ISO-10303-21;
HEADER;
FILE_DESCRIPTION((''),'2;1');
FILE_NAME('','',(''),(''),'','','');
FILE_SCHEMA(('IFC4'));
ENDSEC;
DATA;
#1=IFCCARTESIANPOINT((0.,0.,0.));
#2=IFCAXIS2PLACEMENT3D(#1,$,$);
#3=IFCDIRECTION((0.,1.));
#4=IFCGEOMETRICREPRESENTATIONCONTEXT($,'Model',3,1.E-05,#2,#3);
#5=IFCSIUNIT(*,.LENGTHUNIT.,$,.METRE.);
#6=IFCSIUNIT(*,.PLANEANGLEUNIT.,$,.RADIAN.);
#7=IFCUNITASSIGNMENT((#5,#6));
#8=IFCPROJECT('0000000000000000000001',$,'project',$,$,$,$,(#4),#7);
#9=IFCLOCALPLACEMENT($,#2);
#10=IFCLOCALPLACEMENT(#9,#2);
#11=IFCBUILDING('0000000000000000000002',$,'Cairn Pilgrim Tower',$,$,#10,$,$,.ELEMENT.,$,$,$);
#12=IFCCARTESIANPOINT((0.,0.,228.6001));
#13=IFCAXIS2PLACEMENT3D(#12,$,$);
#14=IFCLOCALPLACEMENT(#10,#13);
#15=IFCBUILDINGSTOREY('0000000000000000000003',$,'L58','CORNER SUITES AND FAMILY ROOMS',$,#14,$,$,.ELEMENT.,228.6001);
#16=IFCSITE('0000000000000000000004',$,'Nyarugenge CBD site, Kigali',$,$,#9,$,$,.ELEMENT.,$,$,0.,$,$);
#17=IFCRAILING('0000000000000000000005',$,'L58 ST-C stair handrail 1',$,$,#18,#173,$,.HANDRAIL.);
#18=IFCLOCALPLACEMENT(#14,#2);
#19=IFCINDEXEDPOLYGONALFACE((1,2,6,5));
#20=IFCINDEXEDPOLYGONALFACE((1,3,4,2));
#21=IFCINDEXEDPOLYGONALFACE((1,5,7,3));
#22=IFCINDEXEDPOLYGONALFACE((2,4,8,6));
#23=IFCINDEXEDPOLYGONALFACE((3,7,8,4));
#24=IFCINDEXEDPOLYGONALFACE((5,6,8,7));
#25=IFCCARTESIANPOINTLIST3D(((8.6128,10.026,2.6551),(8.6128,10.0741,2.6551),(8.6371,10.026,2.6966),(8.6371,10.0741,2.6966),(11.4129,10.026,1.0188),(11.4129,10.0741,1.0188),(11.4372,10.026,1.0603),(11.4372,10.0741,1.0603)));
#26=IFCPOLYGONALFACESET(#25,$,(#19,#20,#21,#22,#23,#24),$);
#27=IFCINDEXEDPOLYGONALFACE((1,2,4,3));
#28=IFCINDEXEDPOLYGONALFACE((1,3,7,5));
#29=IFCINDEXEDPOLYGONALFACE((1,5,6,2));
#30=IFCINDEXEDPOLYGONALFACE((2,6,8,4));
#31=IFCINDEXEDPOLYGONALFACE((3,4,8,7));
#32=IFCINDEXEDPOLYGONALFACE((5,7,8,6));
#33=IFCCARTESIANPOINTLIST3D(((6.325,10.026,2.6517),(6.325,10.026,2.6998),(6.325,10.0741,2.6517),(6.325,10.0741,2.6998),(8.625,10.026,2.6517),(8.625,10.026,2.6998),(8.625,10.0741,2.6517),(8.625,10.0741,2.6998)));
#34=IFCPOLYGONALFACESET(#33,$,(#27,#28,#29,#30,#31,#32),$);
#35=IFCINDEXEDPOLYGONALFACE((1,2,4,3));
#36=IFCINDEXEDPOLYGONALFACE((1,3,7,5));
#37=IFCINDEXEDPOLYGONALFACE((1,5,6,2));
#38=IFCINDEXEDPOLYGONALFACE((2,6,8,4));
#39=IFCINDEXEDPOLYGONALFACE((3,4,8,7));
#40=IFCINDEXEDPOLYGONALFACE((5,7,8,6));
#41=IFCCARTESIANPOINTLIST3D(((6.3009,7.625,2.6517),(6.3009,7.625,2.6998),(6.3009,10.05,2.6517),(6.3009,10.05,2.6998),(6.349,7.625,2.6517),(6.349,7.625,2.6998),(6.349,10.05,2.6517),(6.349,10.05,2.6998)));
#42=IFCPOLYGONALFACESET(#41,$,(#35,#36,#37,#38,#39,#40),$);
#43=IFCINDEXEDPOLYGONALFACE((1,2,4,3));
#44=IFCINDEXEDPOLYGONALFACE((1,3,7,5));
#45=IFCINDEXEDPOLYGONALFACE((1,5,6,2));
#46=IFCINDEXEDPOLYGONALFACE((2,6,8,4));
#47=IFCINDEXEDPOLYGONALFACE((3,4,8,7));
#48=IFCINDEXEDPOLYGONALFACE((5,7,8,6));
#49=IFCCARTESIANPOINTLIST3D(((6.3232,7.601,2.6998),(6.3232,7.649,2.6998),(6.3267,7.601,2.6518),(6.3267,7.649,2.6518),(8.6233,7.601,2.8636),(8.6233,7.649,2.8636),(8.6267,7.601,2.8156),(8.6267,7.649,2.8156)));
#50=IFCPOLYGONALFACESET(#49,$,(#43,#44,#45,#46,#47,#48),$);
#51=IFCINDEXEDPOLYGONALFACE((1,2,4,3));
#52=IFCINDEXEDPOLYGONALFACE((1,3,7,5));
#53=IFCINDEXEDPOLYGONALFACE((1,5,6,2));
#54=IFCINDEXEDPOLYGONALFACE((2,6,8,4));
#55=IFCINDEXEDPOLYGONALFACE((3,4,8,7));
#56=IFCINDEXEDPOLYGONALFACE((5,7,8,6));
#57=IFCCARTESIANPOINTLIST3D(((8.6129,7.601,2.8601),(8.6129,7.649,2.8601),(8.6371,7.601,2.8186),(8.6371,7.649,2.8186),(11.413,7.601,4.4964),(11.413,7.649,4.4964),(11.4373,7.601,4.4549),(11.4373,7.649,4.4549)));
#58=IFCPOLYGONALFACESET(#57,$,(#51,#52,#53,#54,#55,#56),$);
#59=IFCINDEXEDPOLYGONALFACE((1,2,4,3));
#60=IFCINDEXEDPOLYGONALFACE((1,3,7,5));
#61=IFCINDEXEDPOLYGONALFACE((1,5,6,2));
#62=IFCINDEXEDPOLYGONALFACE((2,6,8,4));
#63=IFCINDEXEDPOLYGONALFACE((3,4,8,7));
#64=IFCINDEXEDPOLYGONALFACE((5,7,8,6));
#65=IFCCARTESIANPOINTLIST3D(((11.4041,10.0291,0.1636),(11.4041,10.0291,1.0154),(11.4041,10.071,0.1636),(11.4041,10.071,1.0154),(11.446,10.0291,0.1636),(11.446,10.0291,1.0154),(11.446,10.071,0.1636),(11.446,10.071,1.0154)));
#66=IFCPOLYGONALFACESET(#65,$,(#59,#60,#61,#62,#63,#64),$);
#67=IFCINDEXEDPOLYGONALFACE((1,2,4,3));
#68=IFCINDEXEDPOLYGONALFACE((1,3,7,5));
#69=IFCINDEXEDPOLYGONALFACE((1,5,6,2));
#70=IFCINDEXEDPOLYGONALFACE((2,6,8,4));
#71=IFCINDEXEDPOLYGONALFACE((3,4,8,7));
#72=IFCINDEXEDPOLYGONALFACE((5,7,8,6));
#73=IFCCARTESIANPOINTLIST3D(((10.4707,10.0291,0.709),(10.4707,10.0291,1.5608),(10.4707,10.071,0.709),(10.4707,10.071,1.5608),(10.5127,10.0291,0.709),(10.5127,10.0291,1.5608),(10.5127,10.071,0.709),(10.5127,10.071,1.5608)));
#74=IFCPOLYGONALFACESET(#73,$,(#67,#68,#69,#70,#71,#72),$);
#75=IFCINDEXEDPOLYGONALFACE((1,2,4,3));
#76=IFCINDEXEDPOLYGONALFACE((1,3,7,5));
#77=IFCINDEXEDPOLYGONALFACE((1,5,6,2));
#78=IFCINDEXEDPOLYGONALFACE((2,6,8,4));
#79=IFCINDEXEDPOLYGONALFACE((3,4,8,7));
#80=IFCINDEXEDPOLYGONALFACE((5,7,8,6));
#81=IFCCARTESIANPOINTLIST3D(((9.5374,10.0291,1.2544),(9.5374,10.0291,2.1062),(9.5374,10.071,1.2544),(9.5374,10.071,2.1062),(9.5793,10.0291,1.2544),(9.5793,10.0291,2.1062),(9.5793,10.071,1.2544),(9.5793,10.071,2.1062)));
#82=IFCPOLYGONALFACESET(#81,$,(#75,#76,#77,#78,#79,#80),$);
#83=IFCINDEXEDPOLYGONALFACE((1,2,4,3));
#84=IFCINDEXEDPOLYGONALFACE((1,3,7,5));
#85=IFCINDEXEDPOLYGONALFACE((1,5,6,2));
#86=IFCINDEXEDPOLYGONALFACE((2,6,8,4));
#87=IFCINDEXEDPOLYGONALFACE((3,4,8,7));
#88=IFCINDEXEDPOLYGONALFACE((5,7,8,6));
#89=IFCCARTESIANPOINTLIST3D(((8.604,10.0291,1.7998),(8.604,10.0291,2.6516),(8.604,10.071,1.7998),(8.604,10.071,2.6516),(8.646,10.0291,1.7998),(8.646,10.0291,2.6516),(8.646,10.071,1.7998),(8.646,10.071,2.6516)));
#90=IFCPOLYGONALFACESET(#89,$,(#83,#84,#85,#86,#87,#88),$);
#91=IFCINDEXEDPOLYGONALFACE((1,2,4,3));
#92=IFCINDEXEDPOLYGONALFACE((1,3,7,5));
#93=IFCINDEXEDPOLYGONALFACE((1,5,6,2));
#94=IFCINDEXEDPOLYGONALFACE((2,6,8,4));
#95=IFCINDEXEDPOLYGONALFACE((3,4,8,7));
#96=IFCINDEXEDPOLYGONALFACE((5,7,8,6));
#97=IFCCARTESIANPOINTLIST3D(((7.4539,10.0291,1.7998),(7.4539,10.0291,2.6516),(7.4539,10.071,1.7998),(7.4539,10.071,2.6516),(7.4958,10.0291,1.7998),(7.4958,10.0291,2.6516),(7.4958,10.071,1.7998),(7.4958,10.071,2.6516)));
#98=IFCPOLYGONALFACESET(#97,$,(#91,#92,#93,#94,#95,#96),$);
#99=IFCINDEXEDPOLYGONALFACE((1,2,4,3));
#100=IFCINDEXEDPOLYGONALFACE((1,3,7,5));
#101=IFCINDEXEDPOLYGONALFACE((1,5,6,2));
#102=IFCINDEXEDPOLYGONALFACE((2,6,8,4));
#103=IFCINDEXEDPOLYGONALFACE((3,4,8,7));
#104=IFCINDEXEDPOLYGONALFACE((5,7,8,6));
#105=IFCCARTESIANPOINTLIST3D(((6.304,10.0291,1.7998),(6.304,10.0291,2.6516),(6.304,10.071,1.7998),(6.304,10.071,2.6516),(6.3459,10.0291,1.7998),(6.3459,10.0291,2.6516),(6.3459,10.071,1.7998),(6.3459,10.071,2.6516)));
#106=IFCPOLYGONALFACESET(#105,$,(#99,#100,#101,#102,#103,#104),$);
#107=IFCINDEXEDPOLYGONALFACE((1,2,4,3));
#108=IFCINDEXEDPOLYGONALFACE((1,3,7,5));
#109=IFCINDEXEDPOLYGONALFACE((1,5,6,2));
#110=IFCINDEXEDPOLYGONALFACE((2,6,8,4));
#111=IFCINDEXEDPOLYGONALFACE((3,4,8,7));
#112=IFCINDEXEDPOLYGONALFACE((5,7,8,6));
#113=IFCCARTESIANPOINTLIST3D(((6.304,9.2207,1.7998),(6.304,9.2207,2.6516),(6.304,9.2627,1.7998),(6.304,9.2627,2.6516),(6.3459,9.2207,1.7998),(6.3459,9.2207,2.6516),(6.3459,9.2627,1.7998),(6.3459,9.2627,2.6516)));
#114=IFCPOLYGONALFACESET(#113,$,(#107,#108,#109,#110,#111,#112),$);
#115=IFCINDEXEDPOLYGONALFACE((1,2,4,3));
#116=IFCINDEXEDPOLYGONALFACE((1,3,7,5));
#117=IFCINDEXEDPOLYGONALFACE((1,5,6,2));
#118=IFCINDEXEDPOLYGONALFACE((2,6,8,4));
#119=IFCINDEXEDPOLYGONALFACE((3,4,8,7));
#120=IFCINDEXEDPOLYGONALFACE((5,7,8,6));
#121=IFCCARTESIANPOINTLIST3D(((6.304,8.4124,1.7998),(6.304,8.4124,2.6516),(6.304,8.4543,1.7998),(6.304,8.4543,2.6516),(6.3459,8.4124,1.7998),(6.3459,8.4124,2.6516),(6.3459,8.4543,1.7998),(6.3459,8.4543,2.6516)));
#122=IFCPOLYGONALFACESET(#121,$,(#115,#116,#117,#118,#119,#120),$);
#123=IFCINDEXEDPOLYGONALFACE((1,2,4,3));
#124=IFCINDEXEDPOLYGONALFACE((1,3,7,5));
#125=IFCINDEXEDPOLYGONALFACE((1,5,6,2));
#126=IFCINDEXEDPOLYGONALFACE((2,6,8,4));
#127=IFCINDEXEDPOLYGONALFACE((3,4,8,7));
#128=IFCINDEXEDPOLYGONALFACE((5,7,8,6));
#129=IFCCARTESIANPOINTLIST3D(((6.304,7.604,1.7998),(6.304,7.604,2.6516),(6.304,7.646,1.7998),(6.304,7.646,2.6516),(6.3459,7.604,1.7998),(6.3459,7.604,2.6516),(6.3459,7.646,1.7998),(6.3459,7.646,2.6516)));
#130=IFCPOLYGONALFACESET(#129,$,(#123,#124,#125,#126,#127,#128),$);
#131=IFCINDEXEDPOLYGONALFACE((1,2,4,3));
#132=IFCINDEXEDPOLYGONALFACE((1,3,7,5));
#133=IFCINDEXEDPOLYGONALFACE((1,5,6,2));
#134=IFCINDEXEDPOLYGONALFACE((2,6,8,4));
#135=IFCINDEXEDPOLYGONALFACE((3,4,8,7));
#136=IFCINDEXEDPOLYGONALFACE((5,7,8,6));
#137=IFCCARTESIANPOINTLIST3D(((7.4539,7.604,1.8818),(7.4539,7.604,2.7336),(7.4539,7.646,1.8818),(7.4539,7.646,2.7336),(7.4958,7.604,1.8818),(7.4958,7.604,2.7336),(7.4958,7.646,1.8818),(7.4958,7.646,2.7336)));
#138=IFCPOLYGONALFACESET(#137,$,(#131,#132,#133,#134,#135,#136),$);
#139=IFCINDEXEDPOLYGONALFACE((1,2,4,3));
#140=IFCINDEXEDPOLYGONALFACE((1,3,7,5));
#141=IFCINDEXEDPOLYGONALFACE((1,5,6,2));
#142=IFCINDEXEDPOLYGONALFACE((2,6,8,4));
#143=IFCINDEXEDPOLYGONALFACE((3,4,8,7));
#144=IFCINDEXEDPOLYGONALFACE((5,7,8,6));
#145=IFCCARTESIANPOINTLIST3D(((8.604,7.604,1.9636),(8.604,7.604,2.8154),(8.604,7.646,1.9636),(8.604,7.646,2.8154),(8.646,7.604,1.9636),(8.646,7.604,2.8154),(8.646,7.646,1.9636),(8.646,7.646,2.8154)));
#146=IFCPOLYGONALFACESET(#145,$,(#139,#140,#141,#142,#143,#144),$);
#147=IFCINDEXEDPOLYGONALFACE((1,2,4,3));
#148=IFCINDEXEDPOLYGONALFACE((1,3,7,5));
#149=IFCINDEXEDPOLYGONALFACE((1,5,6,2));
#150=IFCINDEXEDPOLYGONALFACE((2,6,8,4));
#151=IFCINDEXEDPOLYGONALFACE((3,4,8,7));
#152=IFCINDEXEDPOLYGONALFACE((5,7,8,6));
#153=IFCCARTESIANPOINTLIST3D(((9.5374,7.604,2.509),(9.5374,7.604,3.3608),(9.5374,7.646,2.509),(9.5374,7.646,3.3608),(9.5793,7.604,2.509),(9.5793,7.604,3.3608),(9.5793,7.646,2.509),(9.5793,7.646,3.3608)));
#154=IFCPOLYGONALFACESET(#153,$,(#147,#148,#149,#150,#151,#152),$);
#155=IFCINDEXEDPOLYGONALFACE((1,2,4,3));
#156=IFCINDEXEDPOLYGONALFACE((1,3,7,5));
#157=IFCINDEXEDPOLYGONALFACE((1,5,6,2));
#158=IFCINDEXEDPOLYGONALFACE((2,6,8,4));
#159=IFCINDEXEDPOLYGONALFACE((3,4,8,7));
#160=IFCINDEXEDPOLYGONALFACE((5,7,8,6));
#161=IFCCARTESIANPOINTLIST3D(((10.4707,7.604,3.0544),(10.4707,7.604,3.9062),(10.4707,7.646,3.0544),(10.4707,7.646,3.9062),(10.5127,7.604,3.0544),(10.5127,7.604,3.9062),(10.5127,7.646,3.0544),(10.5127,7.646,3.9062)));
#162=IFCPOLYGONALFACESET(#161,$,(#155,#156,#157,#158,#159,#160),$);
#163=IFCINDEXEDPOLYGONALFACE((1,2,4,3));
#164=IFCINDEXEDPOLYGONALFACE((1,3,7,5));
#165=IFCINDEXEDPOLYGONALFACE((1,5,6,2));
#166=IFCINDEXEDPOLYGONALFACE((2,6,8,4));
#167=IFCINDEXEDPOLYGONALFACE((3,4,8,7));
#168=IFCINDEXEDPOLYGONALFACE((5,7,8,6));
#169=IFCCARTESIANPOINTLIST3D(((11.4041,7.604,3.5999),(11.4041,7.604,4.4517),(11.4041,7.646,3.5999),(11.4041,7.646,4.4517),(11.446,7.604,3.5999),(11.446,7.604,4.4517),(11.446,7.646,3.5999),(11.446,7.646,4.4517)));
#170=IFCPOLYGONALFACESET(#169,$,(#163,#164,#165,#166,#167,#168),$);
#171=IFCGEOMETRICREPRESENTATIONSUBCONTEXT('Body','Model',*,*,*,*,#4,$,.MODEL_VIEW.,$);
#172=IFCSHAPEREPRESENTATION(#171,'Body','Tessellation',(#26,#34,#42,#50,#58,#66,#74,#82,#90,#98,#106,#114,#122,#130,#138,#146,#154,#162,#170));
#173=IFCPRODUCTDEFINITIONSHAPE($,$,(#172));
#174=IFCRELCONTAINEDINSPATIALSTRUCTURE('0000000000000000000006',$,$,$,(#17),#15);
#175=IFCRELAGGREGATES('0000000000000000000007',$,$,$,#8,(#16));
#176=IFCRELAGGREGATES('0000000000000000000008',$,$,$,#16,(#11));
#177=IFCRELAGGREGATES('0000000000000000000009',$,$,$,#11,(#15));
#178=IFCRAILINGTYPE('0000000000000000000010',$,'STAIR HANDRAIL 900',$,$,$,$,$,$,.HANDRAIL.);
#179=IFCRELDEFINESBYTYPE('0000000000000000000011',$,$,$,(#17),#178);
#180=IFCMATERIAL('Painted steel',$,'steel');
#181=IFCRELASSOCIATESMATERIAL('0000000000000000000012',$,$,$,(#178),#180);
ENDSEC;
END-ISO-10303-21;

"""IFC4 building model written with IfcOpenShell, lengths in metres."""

from ifc_helpers import new_model, si_unit, direction, frame, origin, origin_2d, place, context, subcontext, project, spatial, rectangle, extrude, material, type_object, element, save


model = new_model("IFC4")

# Units and contexts
model_context = context("Model", 3, precision=1e-05, world=origin(), true_north=direction((0.0, 1.0)))
body_context = subcontext(model_context, "Body", "Model", "MODEL_VIEW")
ifc_project = project(units=[si_unit("LENGTHUNIT", "METRE"), si_unit("PLANEANGLEUNIT", "RADIAN")], contexts=[model_context])

# Site, building, storey
site_placement = place(None, origin())
site = spatial("IfcSite", under=ifc_project, at=site_placement, Name="Nyarugenge CBD site, Kigali", CompositionType="ELEMENT", RefElevation=0.0)
building_placement = place(site_placement, origin())
building = spatial("IfcBuilding", under=site, at=building_placement, Name="Cairn Pilgrim Tower", CompositionType="ELEMENT")
storey_placement = place(building_placement, frame((0.0, 0.0, 228.6001)))
storey = spatial("IfcBuildingStorey", under=building, at=storey_placement, Name="L58", Description="CORNER SUITES AND FAMILY ROOMS", CompositionType="ELEMENT", Elevation=228.6001)

# Railing
ifc_material_1 = material(Name="Painted steel", Category="steel")
railing_type_1 = type_object("IfcRailingType", Name="STAIR HANDRAIL 900", PredefinedType="HANDRAIL", material=ifc_material_1)
railing_1_placement = place(storey_placement, frame((11.425, 10.05, 0.1636)))
element("IfcRailing", 1, at=railing_1_placement, inside=storey, type_object=railing_type_1, Name="L58 ST-C stair handrail 1", PredefinedType="HANDRAIL", context=body_context, shape_type="SweptSolid", body=[
    extrude(rectangle(XDim=0.0481, YDim=0.0481, at=origin_2d()), frame((0.0, 0.0, 0.876), z_axis=(-0.863394, 0.0, 0.504531), x_axis=(0.0, -1.0, 0.0)), (0.0, 0.0, 1.0), 3.2432),
    extrude(rectangle(XDim=0.0481, YDim=0.0481, at=origin_2d()), frame((-2.8, 0.0, 2.5122), z_axis=(-1.0, 0.0, 0.0), x_axis=(0.0, -1.0, 0.0)), (0.0, 0.0, 1.0), 2.3),
    extrude(rectangle(XDim=0.0481, YDim=0.0481, at=origin_2d()), frame((-5.1001, 0.0, 2.5122), z_axis=(0.0, -1.0, 0.0), x_axis=(1.0, 0.0, 0.0)), (0.0, 0.0, 1.0), 2.425),
    extrude(rectangle(XDim=0.0481, YDim=0.0481, at=origin_2d()), frame((-5.1001, -2.425, 2.5122), z_axis=(0.997473, 0.0, 0.071044), x_axis=(0.0, 1.0, 0.0)), (0.0, 0.0, 1.0), 2.3059),
    extrude(rectangle(XDim=0.0481, YDim=0.0481, at=origin_2d()), frame((-2.8, -2.425, 2.6758), z_axis=(0.863394, 0.0, 0.504531), x_axis=(0.0, 1.0, 0.0)), (0.0, 0.0, 1.0), 3.2432),
    extrude(rectangle(XDim=0.042, YDim=0.042, at=origin_2d()), origin(), (0.0, 0.0, 1.0), 0.8518),
    extrude(rectangle(XDim=0.042, YDim=0.042, at=origin_2d()), frame((-0.9333, 0.0, 0.5454)), (0.0, 0.0, 1.0), 0.8518),
    extrude(rectangle(XDim=0.042, YDim=0.042, at=origin_2d()), frame((-1.8667, 0.0, 1.0908)), (0.0, 0.0, 1.0), 0.8518),
    extrude(rectangle(XDim=0.042, YDim=0.042, at=origin_2d()), frame((-2.8, 0.0, 1.6362)), (0.0, 0.0, 1.0), 0.8518),
    extrude(rectangle(XDim=0.042, YDim=0.042, at=origin_2d()), frame((-3.9502, 0.0, 1.6362)), (0.0, 0.0, 1.0), 0.8518),
    extrude(rectangle(XDim=0.042, YDim=0.042, at=origin_2d()), frame((-5.1001, 0.0, 1.6362)), (0.0, 0.0, 1.0), 0.8518),
    extrude(rectangle(XDim=0.042, YDim=0.042, at=origin_2d()), frame((-5.1001, -0.8083, 1.6362)), (0.0, 0.0, 1.0), 0.8518),
    extrude(rectangle(XDim=0.042, YDim=0.042, at=origin_2d()), frame((-5.1001, -1.6167, 1.6362)), (0.0, 0.0, 1.0), 0.8518),
    extrude(rectangle(XDim=0.042, YDim=0.042, at=origin_2d()), frame((-5.1001, -2.425, 1.6362)), (0.0, 0.0, 1.0), 0.8518),
    extrude(rectangle(XDim=0.042, YDim=0.042, at=origin_2d()), frame((-3.9502, -2.425, 1.7183)), (0.0, 0.0, 1.0), 0.8518),
    extrude(rectangle(XDim=0.042, YDim=0.042, at=origin_2d()), frame((-2.8, -2.425, 1.8)), (0.0, 0.0, 1.0), 0.8518),
    extrude(rectangle(XDim=0.042, YDim=0.042, at=origin_2d()), frame((-1.8667, -2.425, 2.3455)), (0.0, 0.0, 1.0), 0.8518),
    extrude(rectangle(XDim=0.042, YDim=0.042, at=origin_2d()), frame((-0.9333, -2.425, 2.8909)), (0.0, 0.0, 1.0), 0.8518),
    extrude(rectangle(XDim=0.042, YDim=0.042, at=origin_2d()), frame((0.0, -2.425, 3.4363)), (0.0, 0.0, 1.0), 0.8518),
])

save(model, "model.ifc")
